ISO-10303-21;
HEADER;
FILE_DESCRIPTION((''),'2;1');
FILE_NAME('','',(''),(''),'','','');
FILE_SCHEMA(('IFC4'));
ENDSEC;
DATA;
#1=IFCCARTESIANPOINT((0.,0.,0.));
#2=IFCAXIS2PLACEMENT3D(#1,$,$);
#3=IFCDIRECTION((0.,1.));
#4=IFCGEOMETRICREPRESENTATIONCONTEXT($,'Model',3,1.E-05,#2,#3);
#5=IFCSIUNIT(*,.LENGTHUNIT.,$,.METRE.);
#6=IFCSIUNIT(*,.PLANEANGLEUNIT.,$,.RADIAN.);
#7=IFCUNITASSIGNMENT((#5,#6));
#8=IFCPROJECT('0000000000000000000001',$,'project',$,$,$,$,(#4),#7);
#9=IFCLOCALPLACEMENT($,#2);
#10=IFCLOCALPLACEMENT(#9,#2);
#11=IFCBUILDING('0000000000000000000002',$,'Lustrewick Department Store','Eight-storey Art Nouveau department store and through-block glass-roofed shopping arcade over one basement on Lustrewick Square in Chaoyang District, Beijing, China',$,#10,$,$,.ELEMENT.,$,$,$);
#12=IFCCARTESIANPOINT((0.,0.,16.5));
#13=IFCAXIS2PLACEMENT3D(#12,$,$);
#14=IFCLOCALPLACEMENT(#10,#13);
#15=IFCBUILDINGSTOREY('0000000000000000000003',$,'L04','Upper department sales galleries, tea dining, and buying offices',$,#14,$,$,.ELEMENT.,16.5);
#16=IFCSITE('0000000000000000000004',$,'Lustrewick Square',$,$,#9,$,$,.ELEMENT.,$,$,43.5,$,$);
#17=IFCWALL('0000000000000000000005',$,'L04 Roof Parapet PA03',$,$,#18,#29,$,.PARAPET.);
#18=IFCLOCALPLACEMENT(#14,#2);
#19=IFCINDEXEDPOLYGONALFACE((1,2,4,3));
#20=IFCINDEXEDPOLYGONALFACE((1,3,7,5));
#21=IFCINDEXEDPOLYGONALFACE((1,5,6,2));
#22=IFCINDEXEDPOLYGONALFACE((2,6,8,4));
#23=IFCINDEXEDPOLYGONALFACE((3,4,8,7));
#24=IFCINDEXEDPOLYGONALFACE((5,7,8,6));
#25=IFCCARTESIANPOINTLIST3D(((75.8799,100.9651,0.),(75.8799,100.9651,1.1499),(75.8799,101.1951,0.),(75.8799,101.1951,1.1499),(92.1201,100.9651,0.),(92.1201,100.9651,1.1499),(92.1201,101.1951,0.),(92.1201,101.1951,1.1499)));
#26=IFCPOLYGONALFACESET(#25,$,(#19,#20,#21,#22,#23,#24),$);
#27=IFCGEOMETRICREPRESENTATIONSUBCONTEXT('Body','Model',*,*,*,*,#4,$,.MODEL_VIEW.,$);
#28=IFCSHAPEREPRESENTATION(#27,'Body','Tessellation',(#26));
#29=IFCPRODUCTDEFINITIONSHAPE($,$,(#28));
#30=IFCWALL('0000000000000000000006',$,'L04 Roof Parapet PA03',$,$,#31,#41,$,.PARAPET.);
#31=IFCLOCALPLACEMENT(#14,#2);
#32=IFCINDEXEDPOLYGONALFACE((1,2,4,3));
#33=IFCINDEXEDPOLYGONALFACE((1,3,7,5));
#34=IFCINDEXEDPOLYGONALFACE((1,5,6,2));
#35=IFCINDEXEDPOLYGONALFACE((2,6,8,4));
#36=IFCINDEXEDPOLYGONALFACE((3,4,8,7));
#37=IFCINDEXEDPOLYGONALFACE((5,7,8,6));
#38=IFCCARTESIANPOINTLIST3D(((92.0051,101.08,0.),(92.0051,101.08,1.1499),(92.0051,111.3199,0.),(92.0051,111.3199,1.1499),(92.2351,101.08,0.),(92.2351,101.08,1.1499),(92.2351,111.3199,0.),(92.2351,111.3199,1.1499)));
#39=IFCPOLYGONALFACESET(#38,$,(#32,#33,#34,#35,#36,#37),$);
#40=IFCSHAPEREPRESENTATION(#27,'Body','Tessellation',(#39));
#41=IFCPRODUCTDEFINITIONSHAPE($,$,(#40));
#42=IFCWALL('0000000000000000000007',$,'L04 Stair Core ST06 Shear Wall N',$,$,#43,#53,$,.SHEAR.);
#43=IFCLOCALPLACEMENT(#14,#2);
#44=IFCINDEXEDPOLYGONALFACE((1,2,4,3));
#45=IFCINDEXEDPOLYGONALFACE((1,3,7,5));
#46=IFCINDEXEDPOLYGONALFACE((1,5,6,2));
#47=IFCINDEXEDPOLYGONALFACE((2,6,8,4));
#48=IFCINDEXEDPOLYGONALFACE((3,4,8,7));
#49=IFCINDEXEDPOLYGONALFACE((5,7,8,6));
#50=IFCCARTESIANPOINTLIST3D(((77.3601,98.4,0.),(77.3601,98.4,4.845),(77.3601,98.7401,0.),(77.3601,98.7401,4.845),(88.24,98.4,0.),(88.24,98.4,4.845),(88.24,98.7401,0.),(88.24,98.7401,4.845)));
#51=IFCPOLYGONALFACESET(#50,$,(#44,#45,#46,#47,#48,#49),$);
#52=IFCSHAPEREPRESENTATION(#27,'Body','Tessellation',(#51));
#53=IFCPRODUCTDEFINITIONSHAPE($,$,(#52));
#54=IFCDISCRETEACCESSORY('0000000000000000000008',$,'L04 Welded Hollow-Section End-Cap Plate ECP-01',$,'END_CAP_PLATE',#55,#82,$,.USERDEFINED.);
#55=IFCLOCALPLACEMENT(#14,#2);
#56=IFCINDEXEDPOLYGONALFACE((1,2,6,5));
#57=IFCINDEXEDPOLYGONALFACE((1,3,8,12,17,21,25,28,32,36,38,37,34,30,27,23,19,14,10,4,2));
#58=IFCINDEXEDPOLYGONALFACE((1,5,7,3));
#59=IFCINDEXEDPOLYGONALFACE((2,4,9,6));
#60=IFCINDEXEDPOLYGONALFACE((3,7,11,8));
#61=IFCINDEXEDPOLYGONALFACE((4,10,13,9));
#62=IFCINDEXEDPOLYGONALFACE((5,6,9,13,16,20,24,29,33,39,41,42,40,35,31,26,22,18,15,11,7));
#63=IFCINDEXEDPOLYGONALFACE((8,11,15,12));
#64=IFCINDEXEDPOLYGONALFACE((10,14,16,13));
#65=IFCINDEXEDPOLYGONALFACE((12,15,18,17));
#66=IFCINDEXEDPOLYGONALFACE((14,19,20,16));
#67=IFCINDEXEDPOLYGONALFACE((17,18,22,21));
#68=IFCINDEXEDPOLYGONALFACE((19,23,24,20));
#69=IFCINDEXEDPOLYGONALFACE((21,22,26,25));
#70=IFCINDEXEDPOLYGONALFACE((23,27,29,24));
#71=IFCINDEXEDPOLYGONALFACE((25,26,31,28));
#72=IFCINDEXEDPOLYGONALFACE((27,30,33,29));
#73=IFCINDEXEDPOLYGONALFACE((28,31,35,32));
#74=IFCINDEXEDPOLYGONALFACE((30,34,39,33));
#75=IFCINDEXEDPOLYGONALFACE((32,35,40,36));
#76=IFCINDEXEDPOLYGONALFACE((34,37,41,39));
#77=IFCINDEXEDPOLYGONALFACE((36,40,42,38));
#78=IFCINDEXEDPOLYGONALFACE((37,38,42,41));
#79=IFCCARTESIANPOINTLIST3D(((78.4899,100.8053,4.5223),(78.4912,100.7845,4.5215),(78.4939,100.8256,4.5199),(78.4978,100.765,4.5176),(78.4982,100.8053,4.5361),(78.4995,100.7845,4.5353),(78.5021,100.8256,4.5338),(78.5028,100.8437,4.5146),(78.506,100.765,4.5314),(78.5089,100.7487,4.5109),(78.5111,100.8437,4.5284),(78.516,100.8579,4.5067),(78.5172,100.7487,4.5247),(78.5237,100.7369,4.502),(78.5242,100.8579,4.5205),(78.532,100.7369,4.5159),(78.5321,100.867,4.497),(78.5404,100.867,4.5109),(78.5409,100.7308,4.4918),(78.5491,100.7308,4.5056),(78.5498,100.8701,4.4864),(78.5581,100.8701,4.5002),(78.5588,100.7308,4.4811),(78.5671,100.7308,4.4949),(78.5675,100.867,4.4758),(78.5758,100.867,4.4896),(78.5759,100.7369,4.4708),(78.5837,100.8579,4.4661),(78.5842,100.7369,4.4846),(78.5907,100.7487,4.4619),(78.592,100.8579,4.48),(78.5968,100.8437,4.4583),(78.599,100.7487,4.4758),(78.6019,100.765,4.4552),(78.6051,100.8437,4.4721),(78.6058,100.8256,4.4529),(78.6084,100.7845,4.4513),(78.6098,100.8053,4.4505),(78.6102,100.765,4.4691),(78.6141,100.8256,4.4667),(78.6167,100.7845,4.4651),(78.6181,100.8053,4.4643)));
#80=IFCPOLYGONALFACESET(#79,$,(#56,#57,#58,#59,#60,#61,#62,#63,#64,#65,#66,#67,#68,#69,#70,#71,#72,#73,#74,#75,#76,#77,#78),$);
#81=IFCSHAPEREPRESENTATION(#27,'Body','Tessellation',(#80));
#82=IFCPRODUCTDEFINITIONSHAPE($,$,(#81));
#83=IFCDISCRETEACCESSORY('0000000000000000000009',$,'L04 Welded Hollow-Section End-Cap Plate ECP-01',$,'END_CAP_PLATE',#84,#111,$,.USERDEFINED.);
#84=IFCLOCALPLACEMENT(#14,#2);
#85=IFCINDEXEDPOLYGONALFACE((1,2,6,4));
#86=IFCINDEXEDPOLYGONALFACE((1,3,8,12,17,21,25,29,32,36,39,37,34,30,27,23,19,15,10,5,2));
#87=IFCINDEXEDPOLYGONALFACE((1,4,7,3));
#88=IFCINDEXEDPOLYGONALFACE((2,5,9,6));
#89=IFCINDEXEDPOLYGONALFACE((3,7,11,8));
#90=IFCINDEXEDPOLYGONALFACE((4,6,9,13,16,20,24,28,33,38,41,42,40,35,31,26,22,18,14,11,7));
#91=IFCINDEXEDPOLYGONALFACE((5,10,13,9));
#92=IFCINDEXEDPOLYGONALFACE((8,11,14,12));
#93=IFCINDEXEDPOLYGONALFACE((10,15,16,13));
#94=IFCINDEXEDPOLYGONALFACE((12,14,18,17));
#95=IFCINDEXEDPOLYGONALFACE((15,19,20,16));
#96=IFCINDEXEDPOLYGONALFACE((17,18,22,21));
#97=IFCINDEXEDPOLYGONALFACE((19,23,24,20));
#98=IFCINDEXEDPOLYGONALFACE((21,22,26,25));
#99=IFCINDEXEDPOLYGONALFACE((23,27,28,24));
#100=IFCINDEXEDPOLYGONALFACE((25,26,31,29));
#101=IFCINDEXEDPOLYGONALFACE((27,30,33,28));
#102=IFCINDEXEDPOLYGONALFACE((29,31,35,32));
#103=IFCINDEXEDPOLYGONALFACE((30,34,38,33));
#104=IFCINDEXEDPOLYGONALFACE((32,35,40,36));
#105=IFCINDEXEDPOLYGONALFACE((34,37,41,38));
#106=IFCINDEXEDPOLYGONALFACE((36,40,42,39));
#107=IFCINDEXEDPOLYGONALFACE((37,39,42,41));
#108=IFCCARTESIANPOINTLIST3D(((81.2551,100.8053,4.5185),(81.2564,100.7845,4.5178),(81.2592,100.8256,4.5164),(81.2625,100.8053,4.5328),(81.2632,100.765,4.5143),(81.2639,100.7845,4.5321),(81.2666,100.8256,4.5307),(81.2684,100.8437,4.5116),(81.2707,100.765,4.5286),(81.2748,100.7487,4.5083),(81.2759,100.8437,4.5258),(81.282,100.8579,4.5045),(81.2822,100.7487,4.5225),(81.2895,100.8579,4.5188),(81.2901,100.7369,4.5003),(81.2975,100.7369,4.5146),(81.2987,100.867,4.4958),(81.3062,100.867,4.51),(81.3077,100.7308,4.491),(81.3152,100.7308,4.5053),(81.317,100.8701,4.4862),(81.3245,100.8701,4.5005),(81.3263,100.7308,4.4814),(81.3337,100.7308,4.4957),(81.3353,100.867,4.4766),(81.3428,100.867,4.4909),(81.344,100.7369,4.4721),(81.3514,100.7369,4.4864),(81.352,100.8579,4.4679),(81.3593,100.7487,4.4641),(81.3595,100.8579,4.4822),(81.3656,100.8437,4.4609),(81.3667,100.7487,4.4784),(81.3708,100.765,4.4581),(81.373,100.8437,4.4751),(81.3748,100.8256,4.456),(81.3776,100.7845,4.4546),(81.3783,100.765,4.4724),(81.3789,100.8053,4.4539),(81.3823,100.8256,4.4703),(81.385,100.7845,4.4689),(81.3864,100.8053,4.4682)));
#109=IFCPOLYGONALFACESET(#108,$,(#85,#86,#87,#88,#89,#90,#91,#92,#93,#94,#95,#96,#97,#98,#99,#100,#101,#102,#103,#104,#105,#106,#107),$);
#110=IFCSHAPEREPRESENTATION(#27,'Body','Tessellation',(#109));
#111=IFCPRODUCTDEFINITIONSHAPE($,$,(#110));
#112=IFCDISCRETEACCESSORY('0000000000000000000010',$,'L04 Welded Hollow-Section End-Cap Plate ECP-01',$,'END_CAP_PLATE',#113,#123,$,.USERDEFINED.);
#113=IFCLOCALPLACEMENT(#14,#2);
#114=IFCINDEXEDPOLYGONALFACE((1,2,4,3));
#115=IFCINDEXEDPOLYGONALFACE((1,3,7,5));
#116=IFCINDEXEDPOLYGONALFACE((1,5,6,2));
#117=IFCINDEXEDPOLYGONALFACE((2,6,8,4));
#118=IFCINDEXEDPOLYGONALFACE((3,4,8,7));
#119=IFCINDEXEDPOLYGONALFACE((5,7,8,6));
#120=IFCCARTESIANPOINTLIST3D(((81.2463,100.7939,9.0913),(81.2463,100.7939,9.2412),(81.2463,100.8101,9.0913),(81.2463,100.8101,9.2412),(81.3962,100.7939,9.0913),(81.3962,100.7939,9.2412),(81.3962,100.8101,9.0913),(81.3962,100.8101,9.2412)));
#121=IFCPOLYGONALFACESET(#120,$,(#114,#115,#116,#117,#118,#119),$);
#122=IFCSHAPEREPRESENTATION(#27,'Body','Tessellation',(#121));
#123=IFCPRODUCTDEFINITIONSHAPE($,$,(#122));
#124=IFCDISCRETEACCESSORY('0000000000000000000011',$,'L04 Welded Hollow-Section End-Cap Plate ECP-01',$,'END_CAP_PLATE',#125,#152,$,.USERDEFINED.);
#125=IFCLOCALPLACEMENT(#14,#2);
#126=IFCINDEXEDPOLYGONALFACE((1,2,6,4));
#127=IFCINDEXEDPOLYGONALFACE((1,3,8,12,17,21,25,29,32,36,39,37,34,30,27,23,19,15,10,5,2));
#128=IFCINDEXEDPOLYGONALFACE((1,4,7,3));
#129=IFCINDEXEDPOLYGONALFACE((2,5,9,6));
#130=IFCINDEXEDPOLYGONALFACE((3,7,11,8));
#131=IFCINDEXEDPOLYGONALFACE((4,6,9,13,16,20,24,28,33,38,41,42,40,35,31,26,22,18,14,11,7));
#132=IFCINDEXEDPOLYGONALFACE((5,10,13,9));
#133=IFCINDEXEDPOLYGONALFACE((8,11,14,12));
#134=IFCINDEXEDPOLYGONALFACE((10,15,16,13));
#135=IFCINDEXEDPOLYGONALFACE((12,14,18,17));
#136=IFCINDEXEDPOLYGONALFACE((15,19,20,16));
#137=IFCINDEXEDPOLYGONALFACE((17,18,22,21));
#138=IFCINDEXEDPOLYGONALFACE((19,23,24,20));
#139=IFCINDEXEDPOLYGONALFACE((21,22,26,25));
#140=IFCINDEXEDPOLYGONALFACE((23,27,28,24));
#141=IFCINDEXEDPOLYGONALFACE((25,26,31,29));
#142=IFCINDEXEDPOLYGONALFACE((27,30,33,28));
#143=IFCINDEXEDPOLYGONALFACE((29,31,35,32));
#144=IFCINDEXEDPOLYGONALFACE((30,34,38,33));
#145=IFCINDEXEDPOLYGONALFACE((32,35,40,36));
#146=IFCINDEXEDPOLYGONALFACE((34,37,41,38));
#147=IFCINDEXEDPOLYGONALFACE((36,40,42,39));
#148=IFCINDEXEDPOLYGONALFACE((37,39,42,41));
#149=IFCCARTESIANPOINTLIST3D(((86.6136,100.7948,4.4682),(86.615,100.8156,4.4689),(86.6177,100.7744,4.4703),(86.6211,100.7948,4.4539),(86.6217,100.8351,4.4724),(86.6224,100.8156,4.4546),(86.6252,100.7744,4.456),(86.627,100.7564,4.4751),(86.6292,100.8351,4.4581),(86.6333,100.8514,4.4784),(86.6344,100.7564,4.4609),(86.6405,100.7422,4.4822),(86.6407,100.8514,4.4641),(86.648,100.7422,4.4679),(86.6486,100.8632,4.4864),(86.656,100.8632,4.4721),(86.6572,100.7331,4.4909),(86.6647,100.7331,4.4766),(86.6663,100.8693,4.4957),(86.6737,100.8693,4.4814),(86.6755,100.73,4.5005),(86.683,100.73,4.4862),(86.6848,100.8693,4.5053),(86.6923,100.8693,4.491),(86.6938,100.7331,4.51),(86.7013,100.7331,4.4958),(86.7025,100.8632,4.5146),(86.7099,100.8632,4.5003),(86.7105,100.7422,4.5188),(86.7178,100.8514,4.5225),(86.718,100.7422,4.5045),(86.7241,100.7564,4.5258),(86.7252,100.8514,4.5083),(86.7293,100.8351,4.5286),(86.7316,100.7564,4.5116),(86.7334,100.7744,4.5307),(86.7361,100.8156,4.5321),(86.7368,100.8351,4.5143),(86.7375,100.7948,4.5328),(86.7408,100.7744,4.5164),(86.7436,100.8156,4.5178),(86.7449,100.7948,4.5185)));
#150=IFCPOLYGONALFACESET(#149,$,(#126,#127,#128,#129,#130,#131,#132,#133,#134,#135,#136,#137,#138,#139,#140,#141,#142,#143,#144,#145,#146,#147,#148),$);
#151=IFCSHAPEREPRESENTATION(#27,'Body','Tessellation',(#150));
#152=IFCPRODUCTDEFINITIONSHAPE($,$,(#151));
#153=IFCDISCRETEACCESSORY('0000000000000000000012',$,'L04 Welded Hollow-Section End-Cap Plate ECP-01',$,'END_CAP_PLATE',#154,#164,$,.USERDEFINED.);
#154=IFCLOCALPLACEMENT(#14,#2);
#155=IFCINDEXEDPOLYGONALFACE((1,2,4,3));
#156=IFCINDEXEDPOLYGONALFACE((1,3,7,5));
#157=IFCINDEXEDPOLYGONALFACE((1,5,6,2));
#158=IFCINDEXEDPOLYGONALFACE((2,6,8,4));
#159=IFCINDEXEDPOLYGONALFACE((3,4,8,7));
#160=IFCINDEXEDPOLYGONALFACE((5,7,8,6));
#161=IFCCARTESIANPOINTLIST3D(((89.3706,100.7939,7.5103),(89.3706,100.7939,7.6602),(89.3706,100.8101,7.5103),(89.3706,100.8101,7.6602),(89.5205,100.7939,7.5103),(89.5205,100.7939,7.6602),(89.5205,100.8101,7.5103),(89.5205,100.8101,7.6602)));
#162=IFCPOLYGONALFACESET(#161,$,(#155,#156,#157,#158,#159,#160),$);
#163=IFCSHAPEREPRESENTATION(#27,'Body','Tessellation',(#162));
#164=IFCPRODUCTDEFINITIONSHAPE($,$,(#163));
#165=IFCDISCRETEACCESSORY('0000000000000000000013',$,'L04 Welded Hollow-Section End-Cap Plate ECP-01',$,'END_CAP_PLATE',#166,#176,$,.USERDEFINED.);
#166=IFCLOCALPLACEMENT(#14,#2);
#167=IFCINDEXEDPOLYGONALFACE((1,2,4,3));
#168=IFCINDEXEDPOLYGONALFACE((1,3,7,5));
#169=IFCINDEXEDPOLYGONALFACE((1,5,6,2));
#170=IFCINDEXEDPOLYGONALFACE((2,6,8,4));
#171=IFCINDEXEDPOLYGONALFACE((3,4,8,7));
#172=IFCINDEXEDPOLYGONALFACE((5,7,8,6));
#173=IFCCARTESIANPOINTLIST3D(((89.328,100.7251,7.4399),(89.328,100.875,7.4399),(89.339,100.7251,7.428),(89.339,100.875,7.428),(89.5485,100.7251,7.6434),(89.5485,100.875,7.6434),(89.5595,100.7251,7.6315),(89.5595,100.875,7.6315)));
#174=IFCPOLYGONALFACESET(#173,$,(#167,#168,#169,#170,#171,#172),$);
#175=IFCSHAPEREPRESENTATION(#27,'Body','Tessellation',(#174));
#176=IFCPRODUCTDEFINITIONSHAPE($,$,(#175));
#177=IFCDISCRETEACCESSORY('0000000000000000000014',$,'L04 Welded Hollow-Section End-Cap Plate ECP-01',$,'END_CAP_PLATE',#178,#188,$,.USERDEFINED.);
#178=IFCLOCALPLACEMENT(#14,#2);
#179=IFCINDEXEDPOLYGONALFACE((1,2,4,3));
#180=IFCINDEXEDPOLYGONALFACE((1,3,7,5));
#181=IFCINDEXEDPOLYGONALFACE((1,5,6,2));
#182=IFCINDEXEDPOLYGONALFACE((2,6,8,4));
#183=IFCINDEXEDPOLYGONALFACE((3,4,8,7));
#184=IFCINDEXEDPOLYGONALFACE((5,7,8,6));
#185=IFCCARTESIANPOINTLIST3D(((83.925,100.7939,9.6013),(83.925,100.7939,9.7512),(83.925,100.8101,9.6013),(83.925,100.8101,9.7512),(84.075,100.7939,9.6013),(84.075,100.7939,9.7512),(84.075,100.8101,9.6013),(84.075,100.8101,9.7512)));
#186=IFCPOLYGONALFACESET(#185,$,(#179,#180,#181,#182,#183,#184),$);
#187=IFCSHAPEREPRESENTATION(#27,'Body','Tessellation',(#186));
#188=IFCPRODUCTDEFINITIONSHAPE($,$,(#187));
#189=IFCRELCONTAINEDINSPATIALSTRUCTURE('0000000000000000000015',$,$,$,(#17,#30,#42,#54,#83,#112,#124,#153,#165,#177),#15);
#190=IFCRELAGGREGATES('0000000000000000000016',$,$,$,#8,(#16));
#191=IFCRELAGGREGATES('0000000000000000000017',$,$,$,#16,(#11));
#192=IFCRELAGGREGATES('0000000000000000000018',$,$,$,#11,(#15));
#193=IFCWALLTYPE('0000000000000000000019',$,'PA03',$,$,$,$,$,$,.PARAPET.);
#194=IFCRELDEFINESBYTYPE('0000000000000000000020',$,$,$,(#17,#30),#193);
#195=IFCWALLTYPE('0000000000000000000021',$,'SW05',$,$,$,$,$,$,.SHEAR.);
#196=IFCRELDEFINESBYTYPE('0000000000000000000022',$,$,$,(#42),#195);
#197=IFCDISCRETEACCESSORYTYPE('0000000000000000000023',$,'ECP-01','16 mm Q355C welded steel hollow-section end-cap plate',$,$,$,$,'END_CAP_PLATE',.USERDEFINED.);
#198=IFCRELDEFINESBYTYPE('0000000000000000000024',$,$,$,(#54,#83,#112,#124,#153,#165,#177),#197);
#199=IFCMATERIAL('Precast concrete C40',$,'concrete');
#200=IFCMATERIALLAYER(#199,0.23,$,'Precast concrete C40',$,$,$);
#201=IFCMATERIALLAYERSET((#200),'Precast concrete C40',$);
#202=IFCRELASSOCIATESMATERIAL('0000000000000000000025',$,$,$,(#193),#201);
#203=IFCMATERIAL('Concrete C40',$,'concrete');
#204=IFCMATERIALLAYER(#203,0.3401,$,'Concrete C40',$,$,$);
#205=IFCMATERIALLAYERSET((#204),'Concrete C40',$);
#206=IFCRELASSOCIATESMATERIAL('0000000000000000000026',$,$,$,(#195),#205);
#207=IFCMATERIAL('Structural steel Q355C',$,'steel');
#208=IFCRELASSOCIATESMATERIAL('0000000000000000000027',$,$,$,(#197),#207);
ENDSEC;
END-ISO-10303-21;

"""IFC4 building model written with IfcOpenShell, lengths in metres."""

from ifc_helpers import new_model, si_unit, direction, frame, frame_2d, origin, origin_2d, place, context, subcontext, project, spatial, rectangle, circle, extrude, material, layer, layer_set, type_object, element, save


model = new_model("IFC4")

# Units and contexts
model_context = context("Model", 3, precision=1e-05, world=origin(), true_north=direction((0.0, 1.0)))
body_context = subcontext(model_context, "Body", "Model", "MODEL_VIEW")
ifc_project = project(units=[si_unit("LENGTHUNIT", "METRE"), si_unit("PLANEANGLEUNIT", "RADIAN")], contexts=[model_context])

# Site, building, storey
site_placement = place(None, origin())
site = spatial("IfcSite", under=ifc_project, at=site_placement, Name="Lustrewick Square", CompositionType="ELEMENT", RefElevation=43.5)
building_placement = place(site_placement, origin())
building = spatial("IfcBuilding", under=site, at=building_placement, Name="Lustrewick Department Store", Description="Eight-storey Art Nouveau department store and through-block glass-roofed shopping arcade over one basement on Lustrewick Square in Chaoyang District, Beijing, China", CompositionType="ELEMENT")
storey_placement = place(building_placement, frame((0.0, 0.0, 16.5)))
storey = spatial("IfcBuildingStorey", under=building, at=storey_placement, Name="L04", Description="Upper department sales galleries, tea dining, and buying offices", CompositionType="ELEMENT", Elevation=16.5)

# Shared definitions
ifc_material_1 = material(Name="Structural steel Q355C", Category="steel")

# Shared definitions
ifc_material_2 = material(Name="Precast concrete C40", Category="concrete")

# Walls
ifc_layer_1 = layer(ifc_material_2, 0.23, Name="Precast concrete C40")
ifc_layer_set_1 = layer_set([ifc_layer_1], Name="Precast concrete C40")
wall_type_1 = type_object("IfcWallType", Name="PA03", PredefinedType="PARAPET", material=ifc_layer_set_1)
wall_1_placement = place(storey_placement, frame((92.1201, 101.0801, 0.0), z_axis=(0.0, 0.0, 1.0), x_axis=(-1.0, 0.0, 0.0)))
element("IfcWall", 1, at=wall_1_placement, inside=storey, type_object=wall_type_1, Name="L04 Roof Parapet PA03", PredefinedType="PARAPET", context=body_context, shape_type="SweptSolid", body=[
    extrude(rectangle(XDim=16.2402, YDim=0.23, at=frame_2d((8.1201, 0.0))), origin(), (0.0, 0.0, 1.0), 1.1499),
])
wall_2_placement = place(storey_placement, frame((92.1201, 111.3201, 0.0), z_axis=(0.0, 0.0, 1.0), x_axis=(0.0, -1.0, 0.0)))
element("IfcWall", 2, at=wall_2_placement, inside=storey, type_object=wall_type_1, Name="L04 Roof Parapet PA03", PredefinedType="PARAPET", context=body_context, shape_type="SweptSolid", body=[
    extrude(rectangle(XDim=10.24, YDim=0.23, at=frame_2d((5.1201, 0.0))), origin(), (0.0, 0.0, 1.0), 1.1499),
])
ifc_material_3 = material(Name="Concrete C40", Category="concrete")
ifc_layer_2 = layer(ifc_material_3, 0.3401, Name="Concrete C40")
ifc_layer_set_2 = layer_set([ifc_layer_2], Name="Concrete C40")
wall_type_2 = type_object("IfcWallType", Name="SW05", PredefinedType="SHEAR", material=ifc_layer_set_2)
wall_3_placement = place(storey_placement, frame((88.24, 98.5701, 0.0), z_axis=(0.0, 0.0, 1.0), x_axis=(-1.0, 0.0, 0.0)))
element("IfcWall", 3, at=wall_3_placement, inside=storey, type_object=wall_type_2, Name="L04 Stair Core ST06 Shear Wall N", PredefinedType="SHEAR", context=body_context, shape_type="SweptSolid", body=[
    extrude(rectangle(XDim=10.8799, YDim=0.3401, at=frame_2d((5.4399, 0.0))), origin(), (0.0, 0.0, 1.0), 4.845),
])

# Discrete accessories
discrete_accessory_type = type_object("IfcDiscreteAccessoryType", Name="ECP-01", Description="16 mm Q355C welded steel hollow-section end-cap plate", ElementType="END_CAP_PLATE", PredefinedType="USERDEFINED", material=ifc_material_1)
for number, where, z_axis, x_axis, name in (
    (4, (78.5581, 100.8, 4.5002), (-0.513782, 0.0, -0.857921), (0.0, 1.0, 0.0), "L04 Welded Hollow-Section End-Cap Plate ECP-01"),
    (5, (81.3245, 100.8, 4.5005), (-0.462788, 0.0, -0.886469), (0.0, 1.0, 0.0), "L04 Welded Hollow-Section End-Cap Plate ECP-01"),
):
    element("IfcDiscreteAccessory", number, at=place(storey_placement, frame(where, z_axis=z_axis, x_axis=x_axis)), inside=storey, type_object=discrete_accessory_type, Name=name, ObjectType="END_CAP_PLATE", PredefinedType="USERDEFINED", context=body_context, shape_type="SweptSolid", body=[
        extrude(circle(Radius=0.0701, at=origin_2d()), origin(), (0.0, 0.0, 1.0), 0.0161),
    ])
discrete_accessory_1_placement = place(storey_placement, frame((81.3213, 100.7939, 9.1663), z_axis=(0.0, 1.0, 0.0), x_axis=(-1.0, 0.0, 0.0)))
element("IfcDiscreteAccessory", 6, at=discrete_accessory_1_placement, inside=storey, type_object=discrete_accessory_type, Name="L04 Welded Hollow-Section End-Cap Plate ECP-01", ObjectType="END_CAP_PLATE", PredefinedType="USERDEFINED", context=body_context, shape_type="SweptSolid", body=[
    extrude(rectangle(XDim=0.1499, YDim=0.1499, at=origin_2d()), origin(), (0.0, 0.0, 1.0), 0.0161),
])
discrete_accessory_2_placement = place(storey_placement, frame((86.6755, 100.8, 4.5005), z_axis=(0.462788, 0.0, -0.886469), x_axis=(0.0, -1.0, 0.0)))
element("IfcDiscreteAccessory", 7, at=discrete_accessory_2_placement, inside=storey, type_object=discrete_accessory_type, Name="L04 Welded Hollow-Section End-Cap Plate ECP-01", ObjectType="END_CAP_PLATE", PredefinedType="USERDEFINED", context=body_context, shape_type="SweptSolid", body=[
    extrude(circle(Radius=0.0701, at=origin_2d()), origin(), (0.0, 0.0, 1.0), 0.0161),
])
discrete_accessory_3_placement = place(storey_placement, frame((89.4456, 100.7939, 7.5852), z_axis=(0.0, 1.0, 0.0), x_axis=(-1.0, 0.0, 0.0)))
element("IfcDiscreteAccessory", 8, at=discrete_accessory_3_placement, inside=storey, type_object=discrete_accessory_type, Name="L04 Welded Hollow-Section End-Cap Plate ECP-01", ObjectType="END_CAP_PLATE", PredefinedType="USERDEFINED", context=body_context, shape_type="SweptSolid", body=[
    extrude(rectangle(XDim=0.1499, YDim=0.1499, at=origin_2d()), origin(), (0.0, 0.0, 1.0), 0.0161),
])
discrete_accessory_4_placement = place(storey_placement, frame((89.4492, 100.8, 7.5298), z_axis=(-0.678234, 0.0, 0.734846), x_axis=(0.0, 1.0, 0.0)))
element("IfcDiscreteAccessory", 9, at=discrete_accessory_4_placement, inside=storey, type_object=discrete_accessory_type, Name="L04 Welded Hollow-Section End-Cap Plate ECP-01", ObjectType="END_CAP_PLATE", PredefinedType="USERDEFINED", context=body_context, shape_type="SweptSolid", body=[
    extrude(rectangle(XDim=0.1499, YDim=0.3, at=origin_2d()), origin(), (0.0, 0.0, 1.0), 0.0161),
])
discrete_accessory_5_placement = place(storey_placement, frame((84.0, 100.7939, 9.6763), z_axis=(0.0, 1.0, 0.0), x_axis=(-1.0, 0.0, 0.0)))
element("IfcDiscreteAccessory", 10, at=discrete_accessory_5_placement, inside=storey, type_object=discrete_accessory_type, Name="L04 Welded Hollow-Section End-Cap Plate ECP-01", ObjectType="END_CAP_PLATE", PredefinedType="USERDEFINED", context=body_context, shape_type="SweptSolid", body=[
    extrude(rectangle(XDim=0.1499, YDim=0.1499, at=origin_2d()), origin(), (0.0, 0.0, 1.0), 0.0161),
])

save(model, "model.ifc")
